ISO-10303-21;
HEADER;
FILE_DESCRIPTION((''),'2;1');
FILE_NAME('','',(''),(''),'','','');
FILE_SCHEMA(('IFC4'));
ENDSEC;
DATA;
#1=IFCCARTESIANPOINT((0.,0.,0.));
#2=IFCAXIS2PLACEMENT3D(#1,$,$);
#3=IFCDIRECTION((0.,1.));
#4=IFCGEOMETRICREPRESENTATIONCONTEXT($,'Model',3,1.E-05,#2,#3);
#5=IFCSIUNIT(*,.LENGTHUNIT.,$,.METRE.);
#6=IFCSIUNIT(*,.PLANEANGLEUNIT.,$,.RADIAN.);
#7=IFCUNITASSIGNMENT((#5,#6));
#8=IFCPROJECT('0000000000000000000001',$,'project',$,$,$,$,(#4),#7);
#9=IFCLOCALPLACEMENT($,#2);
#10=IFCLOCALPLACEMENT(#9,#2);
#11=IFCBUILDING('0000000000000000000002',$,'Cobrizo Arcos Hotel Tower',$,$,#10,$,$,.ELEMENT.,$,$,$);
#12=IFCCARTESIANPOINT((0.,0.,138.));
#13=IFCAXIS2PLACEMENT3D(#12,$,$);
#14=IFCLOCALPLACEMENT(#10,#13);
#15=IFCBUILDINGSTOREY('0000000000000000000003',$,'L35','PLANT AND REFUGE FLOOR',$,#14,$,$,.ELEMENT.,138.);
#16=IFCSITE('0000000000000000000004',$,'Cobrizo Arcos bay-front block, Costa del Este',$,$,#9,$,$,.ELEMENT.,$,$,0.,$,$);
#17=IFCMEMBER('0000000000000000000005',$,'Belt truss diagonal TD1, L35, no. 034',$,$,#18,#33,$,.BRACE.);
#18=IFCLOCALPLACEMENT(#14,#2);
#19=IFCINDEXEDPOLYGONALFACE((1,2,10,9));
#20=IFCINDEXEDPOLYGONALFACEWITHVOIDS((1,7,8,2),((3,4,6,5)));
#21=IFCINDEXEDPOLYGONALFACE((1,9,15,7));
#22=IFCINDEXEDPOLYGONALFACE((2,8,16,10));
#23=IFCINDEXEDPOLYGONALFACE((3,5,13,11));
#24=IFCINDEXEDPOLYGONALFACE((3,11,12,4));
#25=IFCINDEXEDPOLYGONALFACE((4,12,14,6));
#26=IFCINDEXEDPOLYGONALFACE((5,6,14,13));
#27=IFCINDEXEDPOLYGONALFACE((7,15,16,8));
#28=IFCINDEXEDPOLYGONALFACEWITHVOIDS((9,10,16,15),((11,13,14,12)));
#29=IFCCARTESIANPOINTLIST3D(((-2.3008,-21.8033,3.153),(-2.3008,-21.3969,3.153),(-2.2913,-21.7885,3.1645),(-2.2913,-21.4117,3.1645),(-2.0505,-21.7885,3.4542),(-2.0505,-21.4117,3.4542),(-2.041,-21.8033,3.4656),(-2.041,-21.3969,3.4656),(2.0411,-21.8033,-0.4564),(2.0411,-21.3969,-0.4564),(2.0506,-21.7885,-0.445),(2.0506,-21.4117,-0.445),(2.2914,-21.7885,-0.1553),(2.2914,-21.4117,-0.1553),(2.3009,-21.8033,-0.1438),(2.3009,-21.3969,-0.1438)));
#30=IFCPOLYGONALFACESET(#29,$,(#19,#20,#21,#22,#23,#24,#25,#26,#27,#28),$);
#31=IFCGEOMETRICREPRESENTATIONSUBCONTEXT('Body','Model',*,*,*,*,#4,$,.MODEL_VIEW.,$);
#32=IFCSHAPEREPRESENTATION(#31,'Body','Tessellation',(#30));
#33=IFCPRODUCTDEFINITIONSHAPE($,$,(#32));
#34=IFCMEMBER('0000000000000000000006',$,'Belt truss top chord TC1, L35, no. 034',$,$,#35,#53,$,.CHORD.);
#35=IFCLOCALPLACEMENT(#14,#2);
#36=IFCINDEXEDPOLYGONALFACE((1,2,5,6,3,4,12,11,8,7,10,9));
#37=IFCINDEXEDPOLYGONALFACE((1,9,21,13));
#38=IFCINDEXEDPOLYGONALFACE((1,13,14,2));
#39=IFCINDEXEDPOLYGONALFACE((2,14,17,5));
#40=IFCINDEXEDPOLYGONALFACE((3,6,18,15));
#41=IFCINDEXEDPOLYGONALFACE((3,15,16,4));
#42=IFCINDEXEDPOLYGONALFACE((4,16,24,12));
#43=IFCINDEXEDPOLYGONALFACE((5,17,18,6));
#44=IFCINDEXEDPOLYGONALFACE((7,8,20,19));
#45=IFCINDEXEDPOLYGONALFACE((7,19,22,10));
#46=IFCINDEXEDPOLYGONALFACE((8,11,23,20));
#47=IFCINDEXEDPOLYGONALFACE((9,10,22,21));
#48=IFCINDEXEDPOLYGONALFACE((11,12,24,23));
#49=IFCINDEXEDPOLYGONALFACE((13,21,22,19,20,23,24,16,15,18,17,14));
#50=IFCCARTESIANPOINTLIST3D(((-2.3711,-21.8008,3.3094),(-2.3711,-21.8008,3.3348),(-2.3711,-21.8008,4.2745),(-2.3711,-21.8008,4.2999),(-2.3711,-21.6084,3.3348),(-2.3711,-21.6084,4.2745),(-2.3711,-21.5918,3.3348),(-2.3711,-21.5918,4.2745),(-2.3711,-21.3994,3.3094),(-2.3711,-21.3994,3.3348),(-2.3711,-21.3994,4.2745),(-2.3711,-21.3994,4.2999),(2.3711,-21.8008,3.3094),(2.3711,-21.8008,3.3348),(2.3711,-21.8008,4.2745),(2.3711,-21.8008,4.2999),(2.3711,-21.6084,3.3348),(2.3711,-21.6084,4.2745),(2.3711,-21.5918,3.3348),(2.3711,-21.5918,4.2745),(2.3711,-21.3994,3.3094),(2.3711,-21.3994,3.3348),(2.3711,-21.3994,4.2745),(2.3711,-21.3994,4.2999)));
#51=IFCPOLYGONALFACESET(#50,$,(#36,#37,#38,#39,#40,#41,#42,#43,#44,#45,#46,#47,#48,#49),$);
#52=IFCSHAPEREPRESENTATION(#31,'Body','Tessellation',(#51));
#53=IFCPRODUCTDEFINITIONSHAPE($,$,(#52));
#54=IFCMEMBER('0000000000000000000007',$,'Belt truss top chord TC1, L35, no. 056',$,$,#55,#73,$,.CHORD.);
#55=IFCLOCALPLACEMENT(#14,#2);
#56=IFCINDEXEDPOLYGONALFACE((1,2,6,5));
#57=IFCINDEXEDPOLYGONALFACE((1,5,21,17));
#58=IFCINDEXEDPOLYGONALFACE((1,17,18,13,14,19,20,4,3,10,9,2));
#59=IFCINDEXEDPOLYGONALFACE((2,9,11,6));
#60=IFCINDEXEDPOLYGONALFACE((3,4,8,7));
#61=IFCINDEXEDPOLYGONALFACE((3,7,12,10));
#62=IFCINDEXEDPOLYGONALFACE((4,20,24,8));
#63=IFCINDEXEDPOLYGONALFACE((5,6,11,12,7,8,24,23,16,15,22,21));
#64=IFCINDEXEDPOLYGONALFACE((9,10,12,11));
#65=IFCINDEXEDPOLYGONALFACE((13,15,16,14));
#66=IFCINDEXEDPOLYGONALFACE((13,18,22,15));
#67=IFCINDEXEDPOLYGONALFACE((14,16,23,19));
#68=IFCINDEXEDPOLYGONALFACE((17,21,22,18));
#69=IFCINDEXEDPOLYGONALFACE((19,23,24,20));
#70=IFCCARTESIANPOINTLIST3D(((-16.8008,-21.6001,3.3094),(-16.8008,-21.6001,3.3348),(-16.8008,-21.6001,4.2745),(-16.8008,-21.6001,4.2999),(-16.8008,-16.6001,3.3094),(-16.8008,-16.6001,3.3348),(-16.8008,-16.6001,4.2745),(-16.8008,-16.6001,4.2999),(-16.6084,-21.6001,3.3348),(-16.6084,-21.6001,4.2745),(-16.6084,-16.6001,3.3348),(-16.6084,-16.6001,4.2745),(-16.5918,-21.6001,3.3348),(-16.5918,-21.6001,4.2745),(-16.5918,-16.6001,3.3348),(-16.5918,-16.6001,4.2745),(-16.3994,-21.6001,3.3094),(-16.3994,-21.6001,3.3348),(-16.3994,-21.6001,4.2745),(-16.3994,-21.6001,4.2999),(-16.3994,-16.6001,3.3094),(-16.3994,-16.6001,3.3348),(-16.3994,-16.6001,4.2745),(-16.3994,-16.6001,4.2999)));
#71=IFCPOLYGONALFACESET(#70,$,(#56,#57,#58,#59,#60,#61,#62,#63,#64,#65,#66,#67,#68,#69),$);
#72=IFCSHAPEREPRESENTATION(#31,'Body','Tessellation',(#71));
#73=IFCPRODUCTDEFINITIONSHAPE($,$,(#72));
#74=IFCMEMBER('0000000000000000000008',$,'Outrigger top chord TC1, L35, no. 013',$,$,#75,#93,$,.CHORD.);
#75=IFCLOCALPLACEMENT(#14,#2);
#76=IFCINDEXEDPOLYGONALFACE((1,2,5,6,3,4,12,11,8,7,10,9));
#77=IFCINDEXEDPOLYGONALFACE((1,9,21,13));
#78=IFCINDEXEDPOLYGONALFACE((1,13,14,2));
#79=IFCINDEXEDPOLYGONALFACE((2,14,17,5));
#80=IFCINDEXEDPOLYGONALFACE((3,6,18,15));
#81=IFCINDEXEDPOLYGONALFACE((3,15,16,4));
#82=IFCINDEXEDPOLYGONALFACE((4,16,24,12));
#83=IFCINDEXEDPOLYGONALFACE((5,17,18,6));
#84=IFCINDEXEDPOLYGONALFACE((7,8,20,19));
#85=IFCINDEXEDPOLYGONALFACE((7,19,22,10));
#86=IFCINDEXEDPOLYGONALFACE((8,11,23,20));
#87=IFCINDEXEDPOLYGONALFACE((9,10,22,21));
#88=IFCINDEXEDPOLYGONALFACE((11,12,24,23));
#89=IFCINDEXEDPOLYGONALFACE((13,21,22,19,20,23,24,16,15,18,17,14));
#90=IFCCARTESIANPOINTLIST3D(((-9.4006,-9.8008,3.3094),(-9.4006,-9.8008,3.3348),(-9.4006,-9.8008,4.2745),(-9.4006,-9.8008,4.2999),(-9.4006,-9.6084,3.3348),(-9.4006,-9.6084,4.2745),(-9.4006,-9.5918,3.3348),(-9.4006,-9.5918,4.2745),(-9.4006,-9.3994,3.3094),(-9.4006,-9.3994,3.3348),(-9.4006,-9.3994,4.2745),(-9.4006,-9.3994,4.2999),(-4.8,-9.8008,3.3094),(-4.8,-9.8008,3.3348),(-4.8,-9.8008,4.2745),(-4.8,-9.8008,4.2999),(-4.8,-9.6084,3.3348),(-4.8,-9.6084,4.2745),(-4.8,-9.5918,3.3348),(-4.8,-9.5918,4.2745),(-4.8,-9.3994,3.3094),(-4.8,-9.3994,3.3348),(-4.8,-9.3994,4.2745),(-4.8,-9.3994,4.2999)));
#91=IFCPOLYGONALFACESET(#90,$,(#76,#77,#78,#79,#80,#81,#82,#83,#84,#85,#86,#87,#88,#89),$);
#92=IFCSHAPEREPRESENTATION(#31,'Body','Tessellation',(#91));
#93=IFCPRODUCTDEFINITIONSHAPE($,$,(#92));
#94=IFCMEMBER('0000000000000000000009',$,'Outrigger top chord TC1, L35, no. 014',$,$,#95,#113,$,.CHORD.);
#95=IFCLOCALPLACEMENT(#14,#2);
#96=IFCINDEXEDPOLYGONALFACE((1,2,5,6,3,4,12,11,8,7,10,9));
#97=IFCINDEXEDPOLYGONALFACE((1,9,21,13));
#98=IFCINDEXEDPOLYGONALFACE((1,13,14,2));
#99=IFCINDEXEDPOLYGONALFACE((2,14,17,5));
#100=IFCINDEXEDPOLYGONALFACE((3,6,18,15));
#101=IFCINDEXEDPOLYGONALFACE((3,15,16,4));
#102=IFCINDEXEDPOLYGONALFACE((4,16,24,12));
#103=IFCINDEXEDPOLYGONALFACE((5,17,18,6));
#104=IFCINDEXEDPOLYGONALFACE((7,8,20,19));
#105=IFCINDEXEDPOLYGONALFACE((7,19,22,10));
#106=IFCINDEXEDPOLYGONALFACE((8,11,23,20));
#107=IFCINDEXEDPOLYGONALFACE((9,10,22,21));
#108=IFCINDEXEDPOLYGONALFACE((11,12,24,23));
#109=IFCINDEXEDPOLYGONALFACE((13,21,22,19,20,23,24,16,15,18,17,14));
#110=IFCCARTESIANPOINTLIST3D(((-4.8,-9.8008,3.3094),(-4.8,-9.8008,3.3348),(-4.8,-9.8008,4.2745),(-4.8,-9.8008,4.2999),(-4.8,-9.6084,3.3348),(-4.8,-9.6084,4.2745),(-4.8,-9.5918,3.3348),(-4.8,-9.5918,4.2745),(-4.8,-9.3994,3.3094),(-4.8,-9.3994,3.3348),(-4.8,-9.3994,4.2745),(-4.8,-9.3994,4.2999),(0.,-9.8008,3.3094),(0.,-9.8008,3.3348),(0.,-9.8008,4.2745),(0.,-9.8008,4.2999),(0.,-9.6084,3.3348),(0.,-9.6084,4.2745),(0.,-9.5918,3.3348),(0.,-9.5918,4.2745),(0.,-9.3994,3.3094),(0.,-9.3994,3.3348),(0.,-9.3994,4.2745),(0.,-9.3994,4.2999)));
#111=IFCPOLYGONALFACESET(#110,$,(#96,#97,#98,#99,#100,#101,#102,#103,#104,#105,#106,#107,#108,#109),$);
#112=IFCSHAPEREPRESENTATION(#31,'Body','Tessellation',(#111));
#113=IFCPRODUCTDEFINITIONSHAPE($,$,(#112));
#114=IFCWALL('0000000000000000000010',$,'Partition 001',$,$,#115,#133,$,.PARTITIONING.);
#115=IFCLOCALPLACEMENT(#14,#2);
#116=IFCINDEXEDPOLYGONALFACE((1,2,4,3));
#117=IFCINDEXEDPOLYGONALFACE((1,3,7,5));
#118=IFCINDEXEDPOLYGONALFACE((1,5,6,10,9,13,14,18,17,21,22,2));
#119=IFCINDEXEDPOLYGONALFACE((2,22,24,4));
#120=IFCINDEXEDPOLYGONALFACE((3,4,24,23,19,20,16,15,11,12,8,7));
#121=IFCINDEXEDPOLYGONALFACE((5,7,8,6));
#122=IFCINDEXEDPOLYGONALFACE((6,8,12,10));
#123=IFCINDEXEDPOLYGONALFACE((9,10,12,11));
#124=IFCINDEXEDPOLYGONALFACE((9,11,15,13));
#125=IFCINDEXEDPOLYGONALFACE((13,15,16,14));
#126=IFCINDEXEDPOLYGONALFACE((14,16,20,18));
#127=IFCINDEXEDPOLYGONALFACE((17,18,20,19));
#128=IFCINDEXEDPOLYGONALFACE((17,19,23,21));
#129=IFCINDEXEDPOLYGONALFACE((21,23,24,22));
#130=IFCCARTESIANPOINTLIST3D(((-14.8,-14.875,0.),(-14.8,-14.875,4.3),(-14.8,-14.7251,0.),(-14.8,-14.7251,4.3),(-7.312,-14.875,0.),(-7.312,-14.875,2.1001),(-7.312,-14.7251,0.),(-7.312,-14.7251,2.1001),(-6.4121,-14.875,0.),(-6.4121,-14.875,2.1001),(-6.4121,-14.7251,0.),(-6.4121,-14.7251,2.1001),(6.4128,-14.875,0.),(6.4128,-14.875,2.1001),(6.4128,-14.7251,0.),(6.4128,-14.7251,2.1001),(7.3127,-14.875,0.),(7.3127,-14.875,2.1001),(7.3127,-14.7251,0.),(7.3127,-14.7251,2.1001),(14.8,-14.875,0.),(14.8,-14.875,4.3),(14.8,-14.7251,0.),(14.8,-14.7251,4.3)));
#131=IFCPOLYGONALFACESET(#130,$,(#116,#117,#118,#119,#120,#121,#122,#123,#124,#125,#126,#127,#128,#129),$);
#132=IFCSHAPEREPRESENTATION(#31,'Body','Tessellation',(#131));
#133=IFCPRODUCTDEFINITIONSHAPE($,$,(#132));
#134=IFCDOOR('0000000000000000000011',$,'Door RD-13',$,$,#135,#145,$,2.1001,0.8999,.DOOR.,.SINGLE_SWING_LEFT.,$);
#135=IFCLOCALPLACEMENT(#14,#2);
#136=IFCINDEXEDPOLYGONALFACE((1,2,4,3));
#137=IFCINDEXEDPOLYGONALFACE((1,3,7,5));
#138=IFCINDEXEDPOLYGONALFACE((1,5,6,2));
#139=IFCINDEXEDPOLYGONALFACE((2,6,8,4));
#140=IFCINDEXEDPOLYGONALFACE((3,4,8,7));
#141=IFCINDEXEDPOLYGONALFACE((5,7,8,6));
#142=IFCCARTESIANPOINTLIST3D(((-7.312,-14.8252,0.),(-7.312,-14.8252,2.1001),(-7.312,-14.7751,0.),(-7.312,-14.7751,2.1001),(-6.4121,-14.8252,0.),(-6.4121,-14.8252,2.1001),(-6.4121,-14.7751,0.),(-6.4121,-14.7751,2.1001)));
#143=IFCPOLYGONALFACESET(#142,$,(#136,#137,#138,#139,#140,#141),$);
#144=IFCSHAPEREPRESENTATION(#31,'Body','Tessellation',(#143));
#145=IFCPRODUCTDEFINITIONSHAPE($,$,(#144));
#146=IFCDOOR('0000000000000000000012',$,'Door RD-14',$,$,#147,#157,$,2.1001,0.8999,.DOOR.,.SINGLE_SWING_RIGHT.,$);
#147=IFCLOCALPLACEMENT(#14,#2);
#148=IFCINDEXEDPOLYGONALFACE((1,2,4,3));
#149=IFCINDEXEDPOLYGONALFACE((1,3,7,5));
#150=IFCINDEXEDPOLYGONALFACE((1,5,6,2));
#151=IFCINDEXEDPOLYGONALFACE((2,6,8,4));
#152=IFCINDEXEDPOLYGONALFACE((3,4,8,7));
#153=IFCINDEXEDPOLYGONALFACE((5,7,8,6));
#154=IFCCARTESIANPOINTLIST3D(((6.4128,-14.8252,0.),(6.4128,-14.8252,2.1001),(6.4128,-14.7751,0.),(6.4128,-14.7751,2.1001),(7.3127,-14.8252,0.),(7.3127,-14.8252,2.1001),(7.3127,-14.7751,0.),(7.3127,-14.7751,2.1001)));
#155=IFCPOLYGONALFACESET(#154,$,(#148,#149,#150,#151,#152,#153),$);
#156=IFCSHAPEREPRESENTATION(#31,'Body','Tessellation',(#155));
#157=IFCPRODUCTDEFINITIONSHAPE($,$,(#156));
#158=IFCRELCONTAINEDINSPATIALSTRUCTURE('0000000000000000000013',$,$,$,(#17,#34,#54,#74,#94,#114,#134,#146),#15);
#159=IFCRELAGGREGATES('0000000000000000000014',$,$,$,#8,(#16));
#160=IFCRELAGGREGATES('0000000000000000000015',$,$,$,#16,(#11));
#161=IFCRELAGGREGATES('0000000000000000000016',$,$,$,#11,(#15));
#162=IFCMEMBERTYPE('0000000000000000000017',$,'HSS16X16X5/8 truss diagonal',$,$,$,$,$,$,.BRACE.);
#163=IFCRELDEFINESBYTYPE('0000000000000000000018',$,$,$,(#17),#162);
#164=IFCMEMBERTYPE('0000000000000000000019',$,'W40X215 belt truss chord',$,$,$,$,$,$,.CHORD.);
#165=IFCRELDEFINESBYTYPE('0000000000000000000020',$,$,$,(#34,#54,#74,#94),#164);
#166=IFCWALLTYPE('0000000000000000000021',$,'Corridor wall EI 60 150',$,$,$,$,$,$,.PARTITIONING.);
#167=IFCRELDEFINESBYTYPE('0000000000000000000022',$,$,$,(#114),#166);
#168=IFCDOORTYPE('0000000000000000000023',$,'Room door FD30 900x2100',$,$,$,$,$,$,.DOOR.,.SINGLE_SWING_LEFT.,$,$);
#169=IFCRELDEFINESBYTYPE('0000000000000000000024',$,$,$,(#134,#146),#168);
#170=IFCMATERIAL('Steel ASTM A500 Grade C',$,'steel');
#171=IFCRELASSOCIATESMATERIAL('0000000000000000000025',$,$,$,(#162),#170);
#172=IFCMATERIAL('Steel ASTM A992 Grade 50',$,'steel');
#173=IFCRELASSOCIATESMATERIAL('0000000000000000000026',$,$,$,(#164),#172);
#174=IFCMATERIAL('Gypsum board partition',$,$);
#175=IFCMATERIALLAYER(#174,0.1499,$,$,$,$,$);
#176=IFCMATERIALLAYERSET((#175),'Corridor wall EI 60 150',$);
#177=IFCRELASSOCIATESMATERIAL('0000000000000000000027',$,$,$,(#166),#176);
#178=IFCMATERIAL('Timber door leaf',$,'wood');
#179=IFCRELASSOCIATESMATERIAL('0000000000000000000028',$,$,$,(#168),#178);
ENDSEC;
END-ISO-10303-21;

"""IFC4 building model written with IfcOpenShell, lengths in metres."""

from ifc_helpers import new_model, si_unit, direction, frame, frame_2d, origin, origin_2d, place, context, subcontext, project, spatial, rectangle, hollow_rectangle, i_section, extrude, material, layer, layer_set, material_profile, profile_set, type_object, element, fill, save


model = new_model("IFC4")

# Units and contexts
model_context = context("Model", 3, precision=1e-05, world=origin(), true_north=direction((0.0, 1.0)))
body_context = subcontext(model_context, "Body", "Model", "MODEL_VIEW")
ifc_project = project(units=[si_unit("LENGTHUNIT", "METRE"), si_unit("PLANEANGLEUNIT", "RADIAN")], contexts=[model_context])

# Site, building, storey
site_placement = place(None, origin())
site = spatial("IfcSite", under=ifc_project, at=site_placement, Name="Cobrizo Arcos bay-front block, Costa del Este", CompositionType="ELEMENT", RefElevation=0.0)
building_placement = place(site_placement, origin())
building = spatial("IfcBuilding", under=site, at=building_placement, Name="Cobrizo Arcos Hotel Tower", CompositionType="ELEMENT")
storey_placement = place(building_placement, frame((0.0, 0.0, 138.0)))
storey = spatial("IfcBuildingStorey", under=building, at=storey_placement, Name="L35", Description="PLANT AND REFUGE FLOOR", CompositionType="ELEMENT", Elevation=138.0)

# Members
ifc_material_1 = material(Name="Steel ASTM A500 Grade C", Category="steel")
ifc_material_profile_1 = material_profile(ifc_material_1, hollow_rectangle(XDim=0.4065, YDim=0.4065, WallThickness=0.0149, at=origin_2d()), Name="HSS16X16X5/8")
ifc_profile_set_1 = profile_set([ifc_material_profile_1], Name="Steel ASTM A500 Grade C")
member_type_1 = type_object("IfcMemberType", Name="HSS16X16X5/8 truss diagonal", PredefinedType="BRACE", material=ifc_profile_set_1)
member_1_placement = place(storey_placement, frame((-2.1709, -21.6001, 3.3093), z_axis=(0.768986, 0.0, -0.639265), x_axis=(0.0, 1.0, 0.0)))
element("IfcMember", 1, at=member_1_placement, inside=storey, type_object=member_type_1, Name="Belt truss diagonal TD1, L35, no. 034", PredefinedType="BRACE", context=body_context, shape_type="SweptSolid", body=[
    extrude(hollow_rectangle(XDim=0.4065, YDim=0.4065, WallThickness=0.0149, at=origin_2d()), origin(), (0.0, 0.0, 1.0), 5.6462),
])
ifc_material_2 = material(Name="Steel ASTM A992 Grade 50", Category="steel")
ifc_material_profile_2 = material_profile(ifc_material_2, i_section(OverallWidth=0.4014, OverallDepth=0.9905, WebThickness=0.0166, FlangeThickness=0.0254, at=origin_2d()), Name="W40X215")
ifc_profile_set_2 = profile_set([ifc_material_profile_2], Name="Steel ASTM A992 Grade 50")
member_type_2 = type_object("IfcMemberType", Name="W40X215 belt truss chord", PredefinedType="CHORD", material=ifc_profile_set_2)
member_2_placement = place(storey_placement, frame((-2.3711, -21.6001, 3.8047), z_axis=(1.0, 0.0, 0.0), x_axis=(0.0, 1.0, 0.0)))
element("IfcMember", 2, at=member_2_placement, inside=storey, type_object=member_type_2, Name="Belt truss top chord TC1, L35, no. 034", PredefinedType="CHORD", context=body_context, shape_type="SweptSolid", body=[
    extrude(i_section(OverallWidth=0.4014, OverallDepth=0.9905, WebThickness=0.0166, FlangeThickness=0.0254, at=origin_2d()), origin(), (0.0, 0.0, 1.0), 4.7422),
])
member_3_placement = place(storey_placement, frame((-16.6001, -16.6001, 3.8047), z_axis=(0.0, -1.0, 0.0), x_axis=(1.0, 0.0, 0.0)))
element("IfcMember", 3, at=member_3_placement, inside=storey, type_object=member_type_2, Name="Belt truss top chord TC1, L35, no. 056", PredefinedType="CHORD", context=body_context, shape_type="SweptSolid", body=[
    extrude(i_section(OverallWidth=0.4014, OverallDepth=0.9905, WebThickness=0.0166, FlangeThickness=0.0254, at=origin_2d()), origin(), (0.0, 0.0, 1.0), 5.0),
])
member_4_placement = place(storey_placement, frame((-9.4006, -9.6001, 3.8047), z_axis=(1.0, 0.0, 0.0), x_axis=(0.0, 1.0, 0.0)))
element("IfcMember", 4, at=member_4_placement, inside=storey, type_object=member_type_2, Name="Outrigger top chord TC1, L35, no. 013", PredefinedType="CHORD", context=body_context, shape_type="SweptSolid", body=[
    extrude(i_section(OverallWidth=0.4014, OverallDepth=0.9905, WebThickness=0.0166, FlangeThickness=0.0254, at=origin_2d()), origin(), (0.0, 0.0, 1.0), 4.6006),
])
member_5_placement = place(storey_placement, frame((-4.8, -9.6001, 3.8047), z_axis=(1.0, 0.0, 0.0), x_axis=(0.0, 1.0, 0.0)))
element("IfcMember", 5, at=member_5_placement, inside=storey, type_object=member_type_2, Name="Outrigger top chord TC1, L35, no. 014", PredefinedType="CHORD", context=body_context, shape_type="SweptSolid", body=[
    extrude(i_section(OverallWidth=0.4014, OverallDepth=0.9905, WebThickness=0.0166, FlangeThickness=0.0254, at=origin_2d()), origin(), (0.0, 0.0, 1.0), 4.8),
])

# Wall, openings, doors
ifc_material_3 = material(Name="Gypsum board partition")
ifc_layer_1 = layer(ifc_material_3, 0.1499)
ifc_layer_set_1 = layer_set([ifc_layer_1], Name="Corridor wall EI 60 150")
wall_type_1 = type_object("IfcWallType", Name="Corridor wall EI 60 150", PredefinedType="PARTITIONING", material=ifc_layer_set_1)
wall_1_placement = place(storey_placement, frame((-14.8, -14.8, 0.0), z_axis=(0.0, 0.0, 1.0), x_axis=(1.0, 0.0, 0.0)))
wall_1 = element("IfcWall", 6, at=wall_1_placement, inside=storey, type_object=wall_type_1, Name="Partition 001", PredefinedType="PARTITIONING", context=body_context, shape_type="SweptSolid", body=[
    extrude(rectangle(XDim=29.6001, YDim=0.1499, at=frame_2d((14.8, 0.0))), origin(), (0.0, 0.0, 1.0), 4.3),
])
opening_1_placement = place(wall_1_placement, frame((7.488, 0.0, 0.0)))
opening_1 = element("IfcOpeningElement", 7, at=opening_1_placement, cuts=wall_1, PredefinedType="OPENING", context=body_context, shape_type="SweptSolid", body=[
    extrude(rectangle(XDim=0.8999, YDim=2.1001, at=frame_2d((0.45, 1.05))), frame((0.0, 0.0869, 0.0), z_axis=(0.0, -1.0, 0.0), x_axis=(1.0, 0.0, 0.0)), (0.0, 0.0, 1.0), 0.1738),
])
opening_2_placement = place(wall_1_placement, frame((21.2129, 0.0, 0.0)))
opening_2 = element("IfcOpeningElement", 8, at=opening_2_placement, cuts=wall_1, PredefinedType="OPENING", context=body_context, shape_type="SweptSolid", body=[
    extrude(rectangle(XDim=0.8999, YDim=2.1001, at=frame_2d((0.45, 1.05))), frame((0.0, 0.0869, 0.0), z_axis=(0.0, -1.0, 0.0), x_axis=(1.0, 0.0, 0.0)), (0.0, 0.0, 1.0), 0.1738),
])
ifc_material_4 = material(Name="Timber door leaf", Category="wood")
door_type_1 = type_object("IfcDoorType", Name="Room door FD30 900x2100", OperationType="SINGLE_SWING_LEFT", PredefinedType="DOOR", material=ifc_material_4)
door_1_placement = place(opening_1_placement, origin())
door_1 = element("IfcDoor", 9, at=door_1_placement, inside=storey, type_object=door_type_1, Name="Door RD-13", OperationType="SINGLE_SWING_LEFT", OverallHeight=2.1001, OverallWidth=0.8999, PredefinedType="DOOR", context=body_context, shape_type="SweptSolid", body=[
    extrude(rectangle(XDim=0.8999, YDim=2.1001, at=frame_2d((0.45, 1.05))), frame((0.0, 0.0249, 0.0), z_axis=(0.0, -1.0, 0.0), x_axis=(1.0, 0.0, 0.0)), (0.0, 0.0, 1.0), 0.05),
])
fill(opening_1, door_1)
door_2_placement = place(opening_2_placement, origin())
door_2 = element("IfcDoor", 10, at=door_2_placement, inside=storey, type_object=door_type_1, Name="Door RD-14", OperationType="SINGLE_SWING_RIGHT", OverallHeight=2.1001, OverallWidth=0.8999, PredefinedType="DOOR", context=body_context, shape_type="SweptSolid", body=[
    extrude(rectangle(XDim=0.8999, YDim=2.1001, at=frame_2d((0.45, 1.05))), frame((0.0, 0.0249, 0.0), z_axis=(0.0, -1.0, 0.0), x_axis=(1.0, 0.0, 0.0)), (0.0, 0.0, 1.0), 0.05),
])
fill(opening_2, door_2)

save(model, "model.ifc")
